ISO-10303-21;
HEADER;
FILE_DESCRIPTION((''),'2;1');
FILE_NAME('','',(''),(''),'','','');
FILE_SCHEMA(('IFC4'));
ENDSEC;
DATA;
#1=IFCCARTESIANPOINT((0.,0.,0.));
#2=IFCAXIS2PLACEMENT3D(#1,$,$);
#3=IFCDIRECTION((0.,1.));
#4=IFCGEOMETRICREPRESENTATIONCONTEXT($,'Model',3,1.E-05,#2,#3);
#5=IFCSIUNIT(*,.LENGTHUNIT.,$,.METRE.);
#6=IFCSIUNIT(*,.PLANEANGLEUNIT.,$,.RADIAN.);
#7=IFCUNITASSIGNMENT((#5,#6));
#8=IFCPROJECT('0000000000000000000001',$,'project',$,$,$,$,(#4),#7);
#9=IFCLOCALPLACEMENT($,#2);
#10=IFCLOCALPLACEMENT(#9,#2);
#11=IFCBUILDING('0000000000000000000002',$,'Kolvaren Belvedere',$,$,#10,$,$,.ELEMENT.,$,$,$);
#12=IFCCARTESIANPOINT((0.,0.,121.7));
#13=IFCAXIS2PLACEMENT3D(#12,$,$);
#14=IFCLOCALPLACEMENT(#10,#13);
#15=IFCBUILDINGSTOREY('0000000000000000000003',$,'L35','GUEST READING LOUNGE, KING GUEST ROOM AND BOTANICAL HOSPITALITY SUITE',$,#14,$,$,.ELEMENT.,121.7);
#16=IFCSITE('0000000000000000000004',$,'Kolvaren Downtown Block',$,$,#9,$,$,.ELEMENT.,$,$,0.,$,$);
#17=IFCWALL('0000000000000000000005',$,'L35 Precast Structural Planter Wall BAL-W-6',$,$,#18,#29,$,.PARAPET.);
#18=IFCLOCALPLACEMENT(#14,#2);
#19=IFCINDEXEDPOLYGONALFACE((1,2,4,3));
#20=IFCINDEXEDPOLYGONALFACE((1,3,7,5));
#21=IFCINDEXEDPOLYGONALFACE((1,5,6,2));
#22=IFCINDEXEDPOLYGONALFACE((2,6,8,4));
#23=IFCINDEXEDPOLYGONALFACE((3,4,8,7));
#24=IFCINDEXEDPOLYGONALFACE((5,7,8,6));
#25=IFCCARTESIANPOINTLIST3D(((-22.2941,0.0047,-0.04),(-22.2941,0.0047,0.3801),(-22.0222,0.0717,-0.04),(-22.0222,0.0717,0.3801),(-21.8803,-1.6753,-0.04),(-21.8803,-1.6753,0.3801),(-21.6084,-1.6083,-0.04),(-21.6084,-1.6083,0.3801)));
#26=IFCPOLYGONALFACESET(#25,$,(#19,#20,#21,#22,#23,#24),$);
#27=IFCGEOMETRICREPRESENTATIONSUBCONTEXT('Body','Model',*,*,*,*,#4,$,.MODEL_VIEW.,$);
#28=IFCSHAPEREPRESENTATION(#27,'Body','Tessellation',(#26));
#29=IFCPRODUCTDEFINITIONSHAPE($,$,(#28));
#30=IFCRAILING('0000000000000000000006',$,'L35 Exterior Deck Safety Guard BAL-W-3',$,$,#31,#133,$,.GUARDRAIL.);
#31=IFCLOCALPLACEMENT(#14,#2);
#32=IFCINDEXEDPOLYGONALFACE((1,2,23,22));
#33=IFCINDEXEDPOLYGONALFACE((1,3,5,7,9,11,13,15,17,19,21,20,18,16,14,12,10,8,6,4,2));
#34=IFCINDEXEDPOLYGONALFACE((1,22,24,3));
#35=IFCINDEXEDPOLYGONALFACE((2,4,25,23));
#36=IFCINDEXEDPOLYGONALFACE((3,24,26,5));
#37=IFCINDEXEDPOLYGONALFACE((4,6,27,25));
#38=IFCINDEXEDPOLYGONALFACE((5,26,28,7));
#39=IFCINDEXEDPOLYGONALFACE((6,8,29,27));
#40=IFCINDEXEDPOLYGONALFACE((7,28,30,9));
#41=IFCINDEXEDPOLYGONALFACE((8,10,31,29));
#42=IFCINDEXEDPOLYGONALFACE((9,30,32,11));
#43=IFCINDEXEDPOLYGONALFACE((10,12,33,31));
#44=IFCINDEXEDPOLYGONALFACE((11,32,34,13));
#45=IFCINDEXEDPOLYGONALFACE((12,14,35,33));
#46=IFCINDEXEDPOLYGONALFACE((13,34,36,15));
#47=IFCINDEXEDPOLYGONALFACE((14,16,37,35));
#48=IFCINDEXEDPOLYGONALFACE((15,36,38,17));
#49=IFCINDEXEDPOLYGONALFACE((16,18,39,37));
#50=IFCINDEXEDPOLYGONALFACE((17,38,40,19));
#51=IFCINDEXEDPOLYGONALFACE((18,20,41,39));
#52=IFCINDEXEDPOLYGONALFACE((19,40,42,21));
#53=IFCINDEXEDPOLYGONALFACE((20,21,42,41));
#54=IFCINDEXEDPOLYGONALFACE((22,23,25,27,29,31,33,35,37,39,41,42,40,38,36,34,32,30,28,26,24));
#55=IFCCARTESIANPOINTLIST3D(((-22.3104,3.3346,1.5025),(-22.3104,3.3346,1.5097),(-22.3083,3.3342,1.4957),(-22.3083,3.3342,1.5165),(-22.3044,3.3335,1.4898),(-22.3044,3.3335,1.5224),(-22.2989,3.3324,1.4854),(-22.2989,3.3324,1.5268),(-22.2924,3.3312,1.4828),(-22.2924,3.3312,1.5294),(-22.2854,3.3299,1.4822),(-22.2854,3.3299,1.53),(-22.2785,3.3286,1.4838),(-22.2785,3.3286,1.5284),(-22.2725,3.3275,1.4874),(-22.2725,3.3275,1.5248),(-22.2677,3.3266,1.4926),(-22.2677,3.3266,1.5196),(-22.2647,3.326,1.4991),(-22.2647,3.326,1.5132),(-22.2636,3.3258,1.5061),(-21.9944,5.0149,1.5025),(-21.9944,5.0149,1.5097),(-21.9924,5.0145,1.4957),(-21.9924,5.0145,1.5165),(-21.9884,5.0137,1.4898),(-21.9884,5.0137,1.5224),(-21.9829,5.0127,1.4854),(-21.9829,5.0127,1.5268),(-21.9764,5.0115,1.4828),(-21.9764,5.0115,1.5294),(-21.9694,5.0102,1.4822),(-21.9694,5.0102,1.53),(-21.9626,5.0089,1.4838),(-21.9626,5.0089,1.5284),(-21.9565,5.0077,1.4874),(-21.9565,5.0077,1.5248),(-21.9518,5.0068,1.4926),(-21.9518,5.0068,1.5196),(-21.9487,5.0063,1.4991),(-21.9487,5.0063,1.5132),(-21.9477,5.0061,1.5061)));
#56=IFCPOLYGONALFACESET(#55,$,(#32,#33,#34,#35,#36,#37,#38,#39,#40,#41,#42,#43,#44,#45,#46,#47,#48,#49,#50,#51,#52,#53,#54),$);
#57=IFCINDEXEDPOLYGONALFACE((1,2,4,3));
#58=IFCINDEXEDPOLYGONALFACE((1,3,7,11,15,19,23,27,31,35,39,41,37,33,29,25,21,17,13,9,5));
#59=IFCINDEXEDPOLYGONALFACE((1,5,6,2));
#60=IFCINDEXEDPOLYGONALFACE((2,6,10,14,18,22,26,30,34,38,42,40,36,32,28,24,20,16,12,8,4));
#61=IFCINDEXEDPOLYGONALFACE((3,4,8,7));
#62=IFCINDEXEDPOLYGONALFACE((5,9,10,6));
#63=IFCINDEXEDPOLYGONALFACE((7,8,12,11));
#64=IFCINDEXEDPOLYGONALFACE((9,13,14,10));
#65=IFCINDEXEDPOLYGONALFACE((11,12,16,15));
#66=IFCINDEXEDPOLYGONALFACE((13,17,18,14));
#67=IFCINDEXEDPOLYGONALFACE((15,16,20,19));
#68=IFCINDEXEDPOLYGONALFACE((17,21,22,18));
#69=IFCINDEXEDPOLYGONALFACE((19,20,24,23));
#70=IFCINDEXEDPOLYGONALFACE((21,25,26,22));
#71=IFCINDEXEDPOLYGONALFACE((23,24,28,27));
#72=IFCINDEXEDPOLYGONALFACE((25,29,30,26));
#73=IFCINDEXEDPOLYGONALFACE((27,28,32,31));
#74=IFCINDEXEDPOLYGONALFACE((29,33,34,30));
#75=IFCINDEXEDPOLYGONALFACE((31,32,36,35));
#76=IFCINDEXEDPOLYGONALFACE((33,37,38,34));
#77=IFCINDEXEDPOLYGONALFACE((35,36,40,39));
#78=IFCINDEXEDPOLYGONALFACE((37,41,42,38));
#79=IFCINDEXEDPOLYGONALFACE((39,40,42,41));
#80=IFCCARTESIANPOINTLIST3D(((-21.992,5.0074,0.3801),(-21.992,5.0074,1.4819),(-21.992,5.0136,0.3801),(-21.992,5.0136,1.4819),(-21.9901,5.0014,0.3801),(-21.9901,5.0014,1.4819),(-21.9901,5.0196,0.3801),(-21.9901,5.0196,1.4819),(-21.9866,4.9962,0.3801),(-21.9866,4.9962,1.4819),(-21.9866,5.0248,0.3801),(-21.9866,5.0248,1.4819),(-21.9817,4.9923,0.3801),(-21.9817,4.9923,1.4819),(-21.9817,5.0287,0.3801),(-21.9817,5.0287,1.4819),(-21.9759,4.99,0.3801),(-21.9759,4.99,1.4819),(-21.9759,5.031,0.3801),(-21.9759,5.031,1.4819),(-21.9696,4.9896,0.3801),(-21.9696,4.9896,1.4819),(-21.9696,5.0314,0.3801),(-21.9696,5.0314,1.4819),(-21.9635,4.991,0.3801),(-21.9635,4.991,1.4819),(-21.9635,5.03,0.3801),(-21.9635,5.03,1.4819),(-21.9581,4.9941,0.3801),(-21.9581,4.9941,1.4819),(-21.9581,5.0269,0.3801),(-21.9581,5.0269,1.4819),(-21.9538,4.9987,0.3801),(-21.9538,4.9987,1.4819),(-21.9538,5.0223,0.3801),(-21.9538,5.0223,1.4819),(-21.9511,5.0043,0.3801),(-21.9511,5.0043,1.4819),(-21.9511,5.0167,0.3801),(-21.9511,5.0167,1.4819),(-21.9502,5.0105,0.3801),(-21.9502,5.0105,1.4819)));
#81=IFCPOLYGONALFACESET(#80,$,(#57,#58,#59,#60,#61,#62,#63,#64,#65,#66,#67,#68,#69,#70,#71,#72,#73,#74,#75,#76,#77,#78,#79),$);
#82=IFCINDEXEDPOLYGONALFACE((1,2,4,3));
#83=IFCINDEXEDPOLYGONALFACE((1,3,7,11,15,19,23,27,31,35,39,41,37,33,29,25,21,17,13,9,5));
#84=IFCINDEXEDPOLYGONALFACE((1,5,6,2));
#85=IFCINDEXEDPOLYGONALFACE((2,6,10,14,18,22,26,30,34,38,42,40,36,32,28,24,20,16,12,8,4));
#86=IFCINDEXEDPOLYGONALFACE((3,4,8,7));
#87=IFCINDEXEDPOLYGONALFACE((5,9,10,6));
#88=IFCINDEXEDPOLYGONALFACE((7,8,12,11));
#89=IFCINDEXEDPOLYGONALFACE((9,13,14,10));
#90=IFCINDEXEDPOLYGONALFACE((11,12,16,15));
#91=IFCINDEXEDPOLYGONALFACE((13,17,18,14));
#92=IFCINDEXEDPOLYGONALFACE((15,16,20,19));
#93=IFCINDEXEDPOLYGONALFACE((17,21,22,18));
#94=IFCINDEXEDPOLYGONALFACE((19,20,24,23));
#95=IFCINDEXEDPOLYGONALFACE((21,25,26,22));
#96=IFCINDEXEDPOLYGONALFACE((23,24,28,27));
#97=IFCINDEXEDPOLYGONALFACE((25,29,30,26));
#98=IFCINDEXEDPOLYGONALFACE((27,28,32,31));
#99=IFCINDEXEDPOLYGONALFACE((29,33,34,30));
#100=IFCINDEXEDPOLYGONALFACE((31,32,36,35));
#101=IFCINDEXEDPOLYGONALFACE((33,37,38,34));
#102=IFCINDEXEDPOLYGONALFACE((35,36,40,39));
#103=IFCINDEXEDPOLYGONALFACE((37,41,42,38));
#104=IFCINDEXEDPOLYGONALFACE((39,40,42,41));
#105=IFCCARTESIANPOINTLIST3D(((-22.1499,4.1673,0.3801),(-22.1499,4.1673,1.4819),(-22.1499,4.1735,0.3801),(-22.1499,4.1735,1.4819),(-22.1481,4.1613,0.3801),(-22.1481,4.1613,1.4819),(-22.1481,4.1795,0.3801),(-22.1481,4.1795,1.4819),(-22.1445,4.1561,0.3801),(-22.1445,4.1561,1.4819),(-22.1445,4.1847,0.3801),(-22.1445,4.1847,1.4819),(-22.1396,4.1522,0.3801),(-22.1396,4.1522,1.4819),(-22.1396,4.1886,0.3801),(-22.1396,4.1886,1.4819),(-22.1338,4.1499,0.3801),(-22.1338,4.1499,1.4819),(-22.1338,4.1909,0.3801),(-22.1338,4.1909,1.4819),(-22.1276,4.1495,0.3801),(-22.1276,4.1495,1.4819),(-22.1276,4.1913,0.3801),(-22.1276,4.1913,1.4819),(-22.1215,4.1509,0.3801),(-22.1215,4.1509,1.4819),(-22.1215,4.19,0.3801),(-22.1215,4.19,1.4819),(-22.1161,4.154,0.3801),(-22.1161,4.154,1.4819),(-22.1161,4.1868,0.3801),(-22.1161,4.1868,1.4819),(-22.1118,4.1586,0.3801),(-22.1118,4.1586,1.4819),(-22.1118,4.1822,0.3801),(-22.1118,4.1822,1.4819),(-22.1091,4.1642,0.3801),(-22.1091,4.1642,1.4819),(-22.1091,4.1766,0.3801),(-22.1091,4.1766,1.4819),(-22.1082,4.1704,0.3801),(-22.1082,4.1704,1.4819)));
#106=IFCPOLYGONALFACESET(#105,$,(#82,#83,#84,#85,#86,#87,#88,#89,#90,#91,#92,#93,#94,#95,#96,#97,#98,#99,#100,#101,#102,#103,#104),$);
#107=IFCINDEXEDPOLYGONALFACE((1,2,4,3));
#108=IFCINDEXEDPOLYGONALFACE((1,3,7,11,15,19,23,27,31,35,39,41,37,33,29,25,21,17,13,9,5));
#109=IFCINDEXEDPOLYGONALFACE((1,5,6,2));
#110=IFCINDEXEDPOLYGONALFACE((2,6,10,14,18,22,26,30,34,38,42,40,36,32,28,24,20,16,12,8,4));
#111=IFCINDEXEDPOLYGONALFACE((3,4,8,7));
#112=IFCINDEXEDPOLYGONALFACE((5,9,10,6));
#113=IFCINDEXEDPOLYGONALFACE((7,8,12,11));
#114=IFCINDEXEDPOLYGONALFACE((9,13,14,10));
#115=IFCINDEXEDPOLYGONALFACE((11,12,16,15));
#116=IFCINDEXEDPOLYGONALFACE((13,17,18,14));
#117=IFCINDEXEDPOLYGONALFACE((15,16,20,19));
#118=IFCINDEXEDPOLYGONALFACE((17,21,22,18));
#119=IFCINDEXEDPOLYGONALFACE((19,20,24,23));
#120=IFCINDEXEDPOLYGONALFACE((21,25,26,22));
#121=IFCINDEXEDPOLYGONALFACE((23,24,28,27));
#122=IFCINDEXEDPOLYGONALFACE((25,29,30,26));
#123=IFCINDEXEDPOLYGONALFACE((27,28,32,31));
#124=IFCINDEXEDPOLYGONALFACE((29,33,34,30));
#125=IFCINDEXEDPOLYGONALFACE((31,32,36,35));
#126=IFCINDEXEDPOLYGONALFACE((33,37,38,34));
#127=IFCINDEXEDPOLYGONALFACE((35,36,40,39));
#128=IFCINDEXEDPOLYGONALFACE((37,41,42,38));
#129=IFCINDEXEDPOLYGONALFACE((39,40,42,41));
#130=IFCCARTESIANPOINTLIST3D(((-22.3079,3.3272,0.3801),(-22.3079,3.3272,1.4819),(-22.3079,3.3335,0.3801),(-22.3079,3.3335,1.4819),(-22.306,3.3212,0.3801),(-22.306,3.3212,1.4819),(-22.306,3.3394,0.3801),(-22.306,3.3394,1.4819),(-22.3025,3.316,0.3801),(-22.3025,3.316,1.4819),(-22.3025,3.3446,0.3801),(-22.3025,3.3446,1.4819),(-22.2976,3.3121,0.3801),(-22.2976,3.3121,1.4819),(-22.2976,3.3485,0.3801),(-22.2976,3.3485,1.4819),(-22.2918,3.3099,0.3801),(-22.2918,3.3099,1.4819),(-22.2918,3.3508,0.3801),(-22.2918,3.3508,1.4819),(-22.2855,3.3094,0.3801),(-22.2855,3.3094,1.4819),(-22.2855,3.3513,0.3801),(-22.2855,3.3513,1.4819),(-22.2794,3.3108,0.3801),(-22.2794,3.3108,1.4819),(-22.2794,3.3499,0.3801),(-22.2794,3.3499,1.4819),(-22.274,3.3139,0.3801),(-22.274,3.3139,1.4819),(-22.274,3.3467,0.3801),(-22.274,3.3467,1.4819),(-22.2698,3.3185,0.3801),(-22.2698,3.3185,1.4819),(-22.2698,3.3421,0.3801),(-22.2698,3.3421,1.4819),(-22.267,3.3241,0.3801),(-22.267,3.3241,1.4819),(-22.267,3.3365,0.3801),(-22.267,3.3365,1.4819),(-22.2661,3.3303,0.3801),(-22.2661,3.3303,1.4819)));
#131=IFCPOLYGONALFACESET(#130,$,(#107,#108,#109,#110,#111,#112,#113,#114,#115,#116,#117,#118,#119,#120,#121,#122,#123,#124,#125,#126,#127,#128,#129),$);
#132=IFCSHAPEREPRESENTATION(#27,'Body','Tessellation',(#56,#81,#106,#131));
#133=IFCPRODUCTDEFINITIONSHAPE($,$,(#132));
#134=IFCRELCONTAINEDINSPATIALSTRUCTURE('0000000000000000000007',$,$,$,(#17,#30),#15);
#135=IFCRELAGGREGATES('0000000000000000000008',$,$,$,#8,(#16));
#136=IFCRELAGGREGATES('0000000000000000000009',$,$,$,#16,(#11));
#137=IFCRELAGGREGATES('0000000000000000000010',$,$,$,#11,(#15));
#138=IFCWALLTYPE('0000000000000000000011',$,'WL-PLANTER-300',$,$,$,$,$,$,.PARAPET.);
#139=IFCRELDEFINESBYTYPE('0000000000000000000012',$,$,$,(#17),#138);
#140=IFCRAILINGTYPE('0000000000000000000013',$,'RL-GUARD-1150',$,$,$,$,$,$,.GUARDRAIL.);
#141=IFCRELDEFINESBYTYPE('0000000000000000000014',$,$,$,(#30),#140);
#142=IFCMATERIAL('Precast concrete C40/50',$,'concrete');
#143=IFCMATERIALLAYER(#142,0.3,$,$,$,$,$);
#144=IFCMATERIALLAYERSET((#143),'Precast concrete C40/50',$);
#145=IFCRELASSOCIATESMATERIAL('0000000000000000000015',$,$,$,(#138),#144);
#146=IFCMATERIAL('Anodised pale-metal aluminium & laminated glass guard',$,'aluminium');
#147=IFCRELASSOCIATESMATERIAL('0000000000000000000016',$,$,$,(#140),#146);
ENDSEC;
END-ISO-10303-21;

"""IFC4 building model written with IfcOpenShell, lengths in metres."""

from ifc_helpers import new_model, si_unit, direction, frame, frame_2d, origin, origin_2d, place, context, subcontext, project, spatial, rectangle, circle, extrude, material, layer, layer_set, type_object, element, save


model = new_model("IFC4")

# Units and contexts
model_context = context("Model", 3, precision=1e-05, world=origin(), true_north=direction((0.0, 1.0)))
body_context = subcontext(model_context, "Body", "Model", "MODEL_VIEW")
ifc_project = project(units=[si_unit("LENGTHUNIT", "METRE"), si_unit("PLANEANGLEUNIT", "RADIAN")], contexts=[model_context])

# Site, building, storey
site_placement = place(None, origin())
site = spatial("IfcSite", under=ifc_project, at=site_placement, Name="Kolvaren Downtown Block", CompositionType="ELEMENT", RefElevation=0.0)
building_placement = place(site_placement, origin())
building = spatial("IfcBuilding", under=site, at=building_placement, Name="Kolvaren Belvedere", CompositionType="ELEMENT")
storey_placement = place(building_placement, frame((0.0, 0.0, 121.7)))
storey = spatial("IfcBuildingStorey", under=building, at=storey_placement, Name="L35", Description="GUEST READING LOUNGE, KING GUEST ROOM AND BOTANICAL HOSPITALITY SUITE", CompositionType="ELEMENT", Elevation=121.7)

# Wall
ifc_material_1 = material(Name="Precast concrete C40/50", Category="concrete")
ifc_layer_1 = layer(ifc_material_1, 0.3)
ifc_layer_set_1 = layer_set([ifc_layer_1], Name="Precast concrete C40/50")
wall_type_1 = type_object("IfcWallType", Name="WL-PLANTER-300", PredefinedType="PARAPET", material=ifc_layer_set_1)
wall_1_placement = place(storey_placement, frame((-22.1582, 0.0383, -0.04), z_axis=(0.0, 0.0, 1.0), x_axis=(0.239181, -0.970975, 0.0)))
element("IfcWall", 1, at=wall_1_placement, inside=storey, type_object=wall_type_1, Name="L35 Precast Structural Planter Wall BAL-W-6", PredefinedType="PARAPET", context=body_context, shape_type="SweptSolid", body=[
    extrude(rectangle(XDim=1.7302, YDim=0.28, at=frame_2d((0.8652, 0.0))), origin(), (0.0, 0.0, 1.0), 0.4202),
])

# Railing
ifc_material_2 = material(Name="Anodised pale-metal aluminium & laminated glass guard", Category="aluminium")
railing_type = type_object("IfcRailingType", Name="RL-GUARD-1150", PredefinedType="GUARDRAIL", material=ifc_material_2)
railing_1_placement = place(storey_placement, frame((-21.9712, 5.0105, 0.3801)))
element("IfcRailing", 2, at=railing_1_placement, inside=storey, type_object=railing_type, Name="L35 Exterior Deck Safety Guard BAL-W-3", PredefinedType="GUARDRAIL", context=body_context, shape_type="SweptSolid", body=[
    extrude(circle(Radius=0.0239, at=origin_2d()), frame((0.0, 0.0, 1.126), z_axis=(-0.184789, -0.982778, 0.0), x_axis=(0.982778, -0.184789, 0.0)), (0.0, 0.0, 1.0), 1.7097),
    extrude(circle(Radius=0.021, at=origin_2d()), origin(), (0.0, 0.0, 1.0), 1.1018),
    extrude(circle(Radius=0.021, at=origin_2d()), frame((-0.158, -0.8401, 0.0)), (0.0, 0.0, 1.0), 1.1018),
    extrude(circle(Radius=0.021, at=origin_2d()), frame((-0.3159, -1.6802, 0.0)), (0.0, 0.0, 1.0), 1.1018),
])

save(model, "model.ifc")
